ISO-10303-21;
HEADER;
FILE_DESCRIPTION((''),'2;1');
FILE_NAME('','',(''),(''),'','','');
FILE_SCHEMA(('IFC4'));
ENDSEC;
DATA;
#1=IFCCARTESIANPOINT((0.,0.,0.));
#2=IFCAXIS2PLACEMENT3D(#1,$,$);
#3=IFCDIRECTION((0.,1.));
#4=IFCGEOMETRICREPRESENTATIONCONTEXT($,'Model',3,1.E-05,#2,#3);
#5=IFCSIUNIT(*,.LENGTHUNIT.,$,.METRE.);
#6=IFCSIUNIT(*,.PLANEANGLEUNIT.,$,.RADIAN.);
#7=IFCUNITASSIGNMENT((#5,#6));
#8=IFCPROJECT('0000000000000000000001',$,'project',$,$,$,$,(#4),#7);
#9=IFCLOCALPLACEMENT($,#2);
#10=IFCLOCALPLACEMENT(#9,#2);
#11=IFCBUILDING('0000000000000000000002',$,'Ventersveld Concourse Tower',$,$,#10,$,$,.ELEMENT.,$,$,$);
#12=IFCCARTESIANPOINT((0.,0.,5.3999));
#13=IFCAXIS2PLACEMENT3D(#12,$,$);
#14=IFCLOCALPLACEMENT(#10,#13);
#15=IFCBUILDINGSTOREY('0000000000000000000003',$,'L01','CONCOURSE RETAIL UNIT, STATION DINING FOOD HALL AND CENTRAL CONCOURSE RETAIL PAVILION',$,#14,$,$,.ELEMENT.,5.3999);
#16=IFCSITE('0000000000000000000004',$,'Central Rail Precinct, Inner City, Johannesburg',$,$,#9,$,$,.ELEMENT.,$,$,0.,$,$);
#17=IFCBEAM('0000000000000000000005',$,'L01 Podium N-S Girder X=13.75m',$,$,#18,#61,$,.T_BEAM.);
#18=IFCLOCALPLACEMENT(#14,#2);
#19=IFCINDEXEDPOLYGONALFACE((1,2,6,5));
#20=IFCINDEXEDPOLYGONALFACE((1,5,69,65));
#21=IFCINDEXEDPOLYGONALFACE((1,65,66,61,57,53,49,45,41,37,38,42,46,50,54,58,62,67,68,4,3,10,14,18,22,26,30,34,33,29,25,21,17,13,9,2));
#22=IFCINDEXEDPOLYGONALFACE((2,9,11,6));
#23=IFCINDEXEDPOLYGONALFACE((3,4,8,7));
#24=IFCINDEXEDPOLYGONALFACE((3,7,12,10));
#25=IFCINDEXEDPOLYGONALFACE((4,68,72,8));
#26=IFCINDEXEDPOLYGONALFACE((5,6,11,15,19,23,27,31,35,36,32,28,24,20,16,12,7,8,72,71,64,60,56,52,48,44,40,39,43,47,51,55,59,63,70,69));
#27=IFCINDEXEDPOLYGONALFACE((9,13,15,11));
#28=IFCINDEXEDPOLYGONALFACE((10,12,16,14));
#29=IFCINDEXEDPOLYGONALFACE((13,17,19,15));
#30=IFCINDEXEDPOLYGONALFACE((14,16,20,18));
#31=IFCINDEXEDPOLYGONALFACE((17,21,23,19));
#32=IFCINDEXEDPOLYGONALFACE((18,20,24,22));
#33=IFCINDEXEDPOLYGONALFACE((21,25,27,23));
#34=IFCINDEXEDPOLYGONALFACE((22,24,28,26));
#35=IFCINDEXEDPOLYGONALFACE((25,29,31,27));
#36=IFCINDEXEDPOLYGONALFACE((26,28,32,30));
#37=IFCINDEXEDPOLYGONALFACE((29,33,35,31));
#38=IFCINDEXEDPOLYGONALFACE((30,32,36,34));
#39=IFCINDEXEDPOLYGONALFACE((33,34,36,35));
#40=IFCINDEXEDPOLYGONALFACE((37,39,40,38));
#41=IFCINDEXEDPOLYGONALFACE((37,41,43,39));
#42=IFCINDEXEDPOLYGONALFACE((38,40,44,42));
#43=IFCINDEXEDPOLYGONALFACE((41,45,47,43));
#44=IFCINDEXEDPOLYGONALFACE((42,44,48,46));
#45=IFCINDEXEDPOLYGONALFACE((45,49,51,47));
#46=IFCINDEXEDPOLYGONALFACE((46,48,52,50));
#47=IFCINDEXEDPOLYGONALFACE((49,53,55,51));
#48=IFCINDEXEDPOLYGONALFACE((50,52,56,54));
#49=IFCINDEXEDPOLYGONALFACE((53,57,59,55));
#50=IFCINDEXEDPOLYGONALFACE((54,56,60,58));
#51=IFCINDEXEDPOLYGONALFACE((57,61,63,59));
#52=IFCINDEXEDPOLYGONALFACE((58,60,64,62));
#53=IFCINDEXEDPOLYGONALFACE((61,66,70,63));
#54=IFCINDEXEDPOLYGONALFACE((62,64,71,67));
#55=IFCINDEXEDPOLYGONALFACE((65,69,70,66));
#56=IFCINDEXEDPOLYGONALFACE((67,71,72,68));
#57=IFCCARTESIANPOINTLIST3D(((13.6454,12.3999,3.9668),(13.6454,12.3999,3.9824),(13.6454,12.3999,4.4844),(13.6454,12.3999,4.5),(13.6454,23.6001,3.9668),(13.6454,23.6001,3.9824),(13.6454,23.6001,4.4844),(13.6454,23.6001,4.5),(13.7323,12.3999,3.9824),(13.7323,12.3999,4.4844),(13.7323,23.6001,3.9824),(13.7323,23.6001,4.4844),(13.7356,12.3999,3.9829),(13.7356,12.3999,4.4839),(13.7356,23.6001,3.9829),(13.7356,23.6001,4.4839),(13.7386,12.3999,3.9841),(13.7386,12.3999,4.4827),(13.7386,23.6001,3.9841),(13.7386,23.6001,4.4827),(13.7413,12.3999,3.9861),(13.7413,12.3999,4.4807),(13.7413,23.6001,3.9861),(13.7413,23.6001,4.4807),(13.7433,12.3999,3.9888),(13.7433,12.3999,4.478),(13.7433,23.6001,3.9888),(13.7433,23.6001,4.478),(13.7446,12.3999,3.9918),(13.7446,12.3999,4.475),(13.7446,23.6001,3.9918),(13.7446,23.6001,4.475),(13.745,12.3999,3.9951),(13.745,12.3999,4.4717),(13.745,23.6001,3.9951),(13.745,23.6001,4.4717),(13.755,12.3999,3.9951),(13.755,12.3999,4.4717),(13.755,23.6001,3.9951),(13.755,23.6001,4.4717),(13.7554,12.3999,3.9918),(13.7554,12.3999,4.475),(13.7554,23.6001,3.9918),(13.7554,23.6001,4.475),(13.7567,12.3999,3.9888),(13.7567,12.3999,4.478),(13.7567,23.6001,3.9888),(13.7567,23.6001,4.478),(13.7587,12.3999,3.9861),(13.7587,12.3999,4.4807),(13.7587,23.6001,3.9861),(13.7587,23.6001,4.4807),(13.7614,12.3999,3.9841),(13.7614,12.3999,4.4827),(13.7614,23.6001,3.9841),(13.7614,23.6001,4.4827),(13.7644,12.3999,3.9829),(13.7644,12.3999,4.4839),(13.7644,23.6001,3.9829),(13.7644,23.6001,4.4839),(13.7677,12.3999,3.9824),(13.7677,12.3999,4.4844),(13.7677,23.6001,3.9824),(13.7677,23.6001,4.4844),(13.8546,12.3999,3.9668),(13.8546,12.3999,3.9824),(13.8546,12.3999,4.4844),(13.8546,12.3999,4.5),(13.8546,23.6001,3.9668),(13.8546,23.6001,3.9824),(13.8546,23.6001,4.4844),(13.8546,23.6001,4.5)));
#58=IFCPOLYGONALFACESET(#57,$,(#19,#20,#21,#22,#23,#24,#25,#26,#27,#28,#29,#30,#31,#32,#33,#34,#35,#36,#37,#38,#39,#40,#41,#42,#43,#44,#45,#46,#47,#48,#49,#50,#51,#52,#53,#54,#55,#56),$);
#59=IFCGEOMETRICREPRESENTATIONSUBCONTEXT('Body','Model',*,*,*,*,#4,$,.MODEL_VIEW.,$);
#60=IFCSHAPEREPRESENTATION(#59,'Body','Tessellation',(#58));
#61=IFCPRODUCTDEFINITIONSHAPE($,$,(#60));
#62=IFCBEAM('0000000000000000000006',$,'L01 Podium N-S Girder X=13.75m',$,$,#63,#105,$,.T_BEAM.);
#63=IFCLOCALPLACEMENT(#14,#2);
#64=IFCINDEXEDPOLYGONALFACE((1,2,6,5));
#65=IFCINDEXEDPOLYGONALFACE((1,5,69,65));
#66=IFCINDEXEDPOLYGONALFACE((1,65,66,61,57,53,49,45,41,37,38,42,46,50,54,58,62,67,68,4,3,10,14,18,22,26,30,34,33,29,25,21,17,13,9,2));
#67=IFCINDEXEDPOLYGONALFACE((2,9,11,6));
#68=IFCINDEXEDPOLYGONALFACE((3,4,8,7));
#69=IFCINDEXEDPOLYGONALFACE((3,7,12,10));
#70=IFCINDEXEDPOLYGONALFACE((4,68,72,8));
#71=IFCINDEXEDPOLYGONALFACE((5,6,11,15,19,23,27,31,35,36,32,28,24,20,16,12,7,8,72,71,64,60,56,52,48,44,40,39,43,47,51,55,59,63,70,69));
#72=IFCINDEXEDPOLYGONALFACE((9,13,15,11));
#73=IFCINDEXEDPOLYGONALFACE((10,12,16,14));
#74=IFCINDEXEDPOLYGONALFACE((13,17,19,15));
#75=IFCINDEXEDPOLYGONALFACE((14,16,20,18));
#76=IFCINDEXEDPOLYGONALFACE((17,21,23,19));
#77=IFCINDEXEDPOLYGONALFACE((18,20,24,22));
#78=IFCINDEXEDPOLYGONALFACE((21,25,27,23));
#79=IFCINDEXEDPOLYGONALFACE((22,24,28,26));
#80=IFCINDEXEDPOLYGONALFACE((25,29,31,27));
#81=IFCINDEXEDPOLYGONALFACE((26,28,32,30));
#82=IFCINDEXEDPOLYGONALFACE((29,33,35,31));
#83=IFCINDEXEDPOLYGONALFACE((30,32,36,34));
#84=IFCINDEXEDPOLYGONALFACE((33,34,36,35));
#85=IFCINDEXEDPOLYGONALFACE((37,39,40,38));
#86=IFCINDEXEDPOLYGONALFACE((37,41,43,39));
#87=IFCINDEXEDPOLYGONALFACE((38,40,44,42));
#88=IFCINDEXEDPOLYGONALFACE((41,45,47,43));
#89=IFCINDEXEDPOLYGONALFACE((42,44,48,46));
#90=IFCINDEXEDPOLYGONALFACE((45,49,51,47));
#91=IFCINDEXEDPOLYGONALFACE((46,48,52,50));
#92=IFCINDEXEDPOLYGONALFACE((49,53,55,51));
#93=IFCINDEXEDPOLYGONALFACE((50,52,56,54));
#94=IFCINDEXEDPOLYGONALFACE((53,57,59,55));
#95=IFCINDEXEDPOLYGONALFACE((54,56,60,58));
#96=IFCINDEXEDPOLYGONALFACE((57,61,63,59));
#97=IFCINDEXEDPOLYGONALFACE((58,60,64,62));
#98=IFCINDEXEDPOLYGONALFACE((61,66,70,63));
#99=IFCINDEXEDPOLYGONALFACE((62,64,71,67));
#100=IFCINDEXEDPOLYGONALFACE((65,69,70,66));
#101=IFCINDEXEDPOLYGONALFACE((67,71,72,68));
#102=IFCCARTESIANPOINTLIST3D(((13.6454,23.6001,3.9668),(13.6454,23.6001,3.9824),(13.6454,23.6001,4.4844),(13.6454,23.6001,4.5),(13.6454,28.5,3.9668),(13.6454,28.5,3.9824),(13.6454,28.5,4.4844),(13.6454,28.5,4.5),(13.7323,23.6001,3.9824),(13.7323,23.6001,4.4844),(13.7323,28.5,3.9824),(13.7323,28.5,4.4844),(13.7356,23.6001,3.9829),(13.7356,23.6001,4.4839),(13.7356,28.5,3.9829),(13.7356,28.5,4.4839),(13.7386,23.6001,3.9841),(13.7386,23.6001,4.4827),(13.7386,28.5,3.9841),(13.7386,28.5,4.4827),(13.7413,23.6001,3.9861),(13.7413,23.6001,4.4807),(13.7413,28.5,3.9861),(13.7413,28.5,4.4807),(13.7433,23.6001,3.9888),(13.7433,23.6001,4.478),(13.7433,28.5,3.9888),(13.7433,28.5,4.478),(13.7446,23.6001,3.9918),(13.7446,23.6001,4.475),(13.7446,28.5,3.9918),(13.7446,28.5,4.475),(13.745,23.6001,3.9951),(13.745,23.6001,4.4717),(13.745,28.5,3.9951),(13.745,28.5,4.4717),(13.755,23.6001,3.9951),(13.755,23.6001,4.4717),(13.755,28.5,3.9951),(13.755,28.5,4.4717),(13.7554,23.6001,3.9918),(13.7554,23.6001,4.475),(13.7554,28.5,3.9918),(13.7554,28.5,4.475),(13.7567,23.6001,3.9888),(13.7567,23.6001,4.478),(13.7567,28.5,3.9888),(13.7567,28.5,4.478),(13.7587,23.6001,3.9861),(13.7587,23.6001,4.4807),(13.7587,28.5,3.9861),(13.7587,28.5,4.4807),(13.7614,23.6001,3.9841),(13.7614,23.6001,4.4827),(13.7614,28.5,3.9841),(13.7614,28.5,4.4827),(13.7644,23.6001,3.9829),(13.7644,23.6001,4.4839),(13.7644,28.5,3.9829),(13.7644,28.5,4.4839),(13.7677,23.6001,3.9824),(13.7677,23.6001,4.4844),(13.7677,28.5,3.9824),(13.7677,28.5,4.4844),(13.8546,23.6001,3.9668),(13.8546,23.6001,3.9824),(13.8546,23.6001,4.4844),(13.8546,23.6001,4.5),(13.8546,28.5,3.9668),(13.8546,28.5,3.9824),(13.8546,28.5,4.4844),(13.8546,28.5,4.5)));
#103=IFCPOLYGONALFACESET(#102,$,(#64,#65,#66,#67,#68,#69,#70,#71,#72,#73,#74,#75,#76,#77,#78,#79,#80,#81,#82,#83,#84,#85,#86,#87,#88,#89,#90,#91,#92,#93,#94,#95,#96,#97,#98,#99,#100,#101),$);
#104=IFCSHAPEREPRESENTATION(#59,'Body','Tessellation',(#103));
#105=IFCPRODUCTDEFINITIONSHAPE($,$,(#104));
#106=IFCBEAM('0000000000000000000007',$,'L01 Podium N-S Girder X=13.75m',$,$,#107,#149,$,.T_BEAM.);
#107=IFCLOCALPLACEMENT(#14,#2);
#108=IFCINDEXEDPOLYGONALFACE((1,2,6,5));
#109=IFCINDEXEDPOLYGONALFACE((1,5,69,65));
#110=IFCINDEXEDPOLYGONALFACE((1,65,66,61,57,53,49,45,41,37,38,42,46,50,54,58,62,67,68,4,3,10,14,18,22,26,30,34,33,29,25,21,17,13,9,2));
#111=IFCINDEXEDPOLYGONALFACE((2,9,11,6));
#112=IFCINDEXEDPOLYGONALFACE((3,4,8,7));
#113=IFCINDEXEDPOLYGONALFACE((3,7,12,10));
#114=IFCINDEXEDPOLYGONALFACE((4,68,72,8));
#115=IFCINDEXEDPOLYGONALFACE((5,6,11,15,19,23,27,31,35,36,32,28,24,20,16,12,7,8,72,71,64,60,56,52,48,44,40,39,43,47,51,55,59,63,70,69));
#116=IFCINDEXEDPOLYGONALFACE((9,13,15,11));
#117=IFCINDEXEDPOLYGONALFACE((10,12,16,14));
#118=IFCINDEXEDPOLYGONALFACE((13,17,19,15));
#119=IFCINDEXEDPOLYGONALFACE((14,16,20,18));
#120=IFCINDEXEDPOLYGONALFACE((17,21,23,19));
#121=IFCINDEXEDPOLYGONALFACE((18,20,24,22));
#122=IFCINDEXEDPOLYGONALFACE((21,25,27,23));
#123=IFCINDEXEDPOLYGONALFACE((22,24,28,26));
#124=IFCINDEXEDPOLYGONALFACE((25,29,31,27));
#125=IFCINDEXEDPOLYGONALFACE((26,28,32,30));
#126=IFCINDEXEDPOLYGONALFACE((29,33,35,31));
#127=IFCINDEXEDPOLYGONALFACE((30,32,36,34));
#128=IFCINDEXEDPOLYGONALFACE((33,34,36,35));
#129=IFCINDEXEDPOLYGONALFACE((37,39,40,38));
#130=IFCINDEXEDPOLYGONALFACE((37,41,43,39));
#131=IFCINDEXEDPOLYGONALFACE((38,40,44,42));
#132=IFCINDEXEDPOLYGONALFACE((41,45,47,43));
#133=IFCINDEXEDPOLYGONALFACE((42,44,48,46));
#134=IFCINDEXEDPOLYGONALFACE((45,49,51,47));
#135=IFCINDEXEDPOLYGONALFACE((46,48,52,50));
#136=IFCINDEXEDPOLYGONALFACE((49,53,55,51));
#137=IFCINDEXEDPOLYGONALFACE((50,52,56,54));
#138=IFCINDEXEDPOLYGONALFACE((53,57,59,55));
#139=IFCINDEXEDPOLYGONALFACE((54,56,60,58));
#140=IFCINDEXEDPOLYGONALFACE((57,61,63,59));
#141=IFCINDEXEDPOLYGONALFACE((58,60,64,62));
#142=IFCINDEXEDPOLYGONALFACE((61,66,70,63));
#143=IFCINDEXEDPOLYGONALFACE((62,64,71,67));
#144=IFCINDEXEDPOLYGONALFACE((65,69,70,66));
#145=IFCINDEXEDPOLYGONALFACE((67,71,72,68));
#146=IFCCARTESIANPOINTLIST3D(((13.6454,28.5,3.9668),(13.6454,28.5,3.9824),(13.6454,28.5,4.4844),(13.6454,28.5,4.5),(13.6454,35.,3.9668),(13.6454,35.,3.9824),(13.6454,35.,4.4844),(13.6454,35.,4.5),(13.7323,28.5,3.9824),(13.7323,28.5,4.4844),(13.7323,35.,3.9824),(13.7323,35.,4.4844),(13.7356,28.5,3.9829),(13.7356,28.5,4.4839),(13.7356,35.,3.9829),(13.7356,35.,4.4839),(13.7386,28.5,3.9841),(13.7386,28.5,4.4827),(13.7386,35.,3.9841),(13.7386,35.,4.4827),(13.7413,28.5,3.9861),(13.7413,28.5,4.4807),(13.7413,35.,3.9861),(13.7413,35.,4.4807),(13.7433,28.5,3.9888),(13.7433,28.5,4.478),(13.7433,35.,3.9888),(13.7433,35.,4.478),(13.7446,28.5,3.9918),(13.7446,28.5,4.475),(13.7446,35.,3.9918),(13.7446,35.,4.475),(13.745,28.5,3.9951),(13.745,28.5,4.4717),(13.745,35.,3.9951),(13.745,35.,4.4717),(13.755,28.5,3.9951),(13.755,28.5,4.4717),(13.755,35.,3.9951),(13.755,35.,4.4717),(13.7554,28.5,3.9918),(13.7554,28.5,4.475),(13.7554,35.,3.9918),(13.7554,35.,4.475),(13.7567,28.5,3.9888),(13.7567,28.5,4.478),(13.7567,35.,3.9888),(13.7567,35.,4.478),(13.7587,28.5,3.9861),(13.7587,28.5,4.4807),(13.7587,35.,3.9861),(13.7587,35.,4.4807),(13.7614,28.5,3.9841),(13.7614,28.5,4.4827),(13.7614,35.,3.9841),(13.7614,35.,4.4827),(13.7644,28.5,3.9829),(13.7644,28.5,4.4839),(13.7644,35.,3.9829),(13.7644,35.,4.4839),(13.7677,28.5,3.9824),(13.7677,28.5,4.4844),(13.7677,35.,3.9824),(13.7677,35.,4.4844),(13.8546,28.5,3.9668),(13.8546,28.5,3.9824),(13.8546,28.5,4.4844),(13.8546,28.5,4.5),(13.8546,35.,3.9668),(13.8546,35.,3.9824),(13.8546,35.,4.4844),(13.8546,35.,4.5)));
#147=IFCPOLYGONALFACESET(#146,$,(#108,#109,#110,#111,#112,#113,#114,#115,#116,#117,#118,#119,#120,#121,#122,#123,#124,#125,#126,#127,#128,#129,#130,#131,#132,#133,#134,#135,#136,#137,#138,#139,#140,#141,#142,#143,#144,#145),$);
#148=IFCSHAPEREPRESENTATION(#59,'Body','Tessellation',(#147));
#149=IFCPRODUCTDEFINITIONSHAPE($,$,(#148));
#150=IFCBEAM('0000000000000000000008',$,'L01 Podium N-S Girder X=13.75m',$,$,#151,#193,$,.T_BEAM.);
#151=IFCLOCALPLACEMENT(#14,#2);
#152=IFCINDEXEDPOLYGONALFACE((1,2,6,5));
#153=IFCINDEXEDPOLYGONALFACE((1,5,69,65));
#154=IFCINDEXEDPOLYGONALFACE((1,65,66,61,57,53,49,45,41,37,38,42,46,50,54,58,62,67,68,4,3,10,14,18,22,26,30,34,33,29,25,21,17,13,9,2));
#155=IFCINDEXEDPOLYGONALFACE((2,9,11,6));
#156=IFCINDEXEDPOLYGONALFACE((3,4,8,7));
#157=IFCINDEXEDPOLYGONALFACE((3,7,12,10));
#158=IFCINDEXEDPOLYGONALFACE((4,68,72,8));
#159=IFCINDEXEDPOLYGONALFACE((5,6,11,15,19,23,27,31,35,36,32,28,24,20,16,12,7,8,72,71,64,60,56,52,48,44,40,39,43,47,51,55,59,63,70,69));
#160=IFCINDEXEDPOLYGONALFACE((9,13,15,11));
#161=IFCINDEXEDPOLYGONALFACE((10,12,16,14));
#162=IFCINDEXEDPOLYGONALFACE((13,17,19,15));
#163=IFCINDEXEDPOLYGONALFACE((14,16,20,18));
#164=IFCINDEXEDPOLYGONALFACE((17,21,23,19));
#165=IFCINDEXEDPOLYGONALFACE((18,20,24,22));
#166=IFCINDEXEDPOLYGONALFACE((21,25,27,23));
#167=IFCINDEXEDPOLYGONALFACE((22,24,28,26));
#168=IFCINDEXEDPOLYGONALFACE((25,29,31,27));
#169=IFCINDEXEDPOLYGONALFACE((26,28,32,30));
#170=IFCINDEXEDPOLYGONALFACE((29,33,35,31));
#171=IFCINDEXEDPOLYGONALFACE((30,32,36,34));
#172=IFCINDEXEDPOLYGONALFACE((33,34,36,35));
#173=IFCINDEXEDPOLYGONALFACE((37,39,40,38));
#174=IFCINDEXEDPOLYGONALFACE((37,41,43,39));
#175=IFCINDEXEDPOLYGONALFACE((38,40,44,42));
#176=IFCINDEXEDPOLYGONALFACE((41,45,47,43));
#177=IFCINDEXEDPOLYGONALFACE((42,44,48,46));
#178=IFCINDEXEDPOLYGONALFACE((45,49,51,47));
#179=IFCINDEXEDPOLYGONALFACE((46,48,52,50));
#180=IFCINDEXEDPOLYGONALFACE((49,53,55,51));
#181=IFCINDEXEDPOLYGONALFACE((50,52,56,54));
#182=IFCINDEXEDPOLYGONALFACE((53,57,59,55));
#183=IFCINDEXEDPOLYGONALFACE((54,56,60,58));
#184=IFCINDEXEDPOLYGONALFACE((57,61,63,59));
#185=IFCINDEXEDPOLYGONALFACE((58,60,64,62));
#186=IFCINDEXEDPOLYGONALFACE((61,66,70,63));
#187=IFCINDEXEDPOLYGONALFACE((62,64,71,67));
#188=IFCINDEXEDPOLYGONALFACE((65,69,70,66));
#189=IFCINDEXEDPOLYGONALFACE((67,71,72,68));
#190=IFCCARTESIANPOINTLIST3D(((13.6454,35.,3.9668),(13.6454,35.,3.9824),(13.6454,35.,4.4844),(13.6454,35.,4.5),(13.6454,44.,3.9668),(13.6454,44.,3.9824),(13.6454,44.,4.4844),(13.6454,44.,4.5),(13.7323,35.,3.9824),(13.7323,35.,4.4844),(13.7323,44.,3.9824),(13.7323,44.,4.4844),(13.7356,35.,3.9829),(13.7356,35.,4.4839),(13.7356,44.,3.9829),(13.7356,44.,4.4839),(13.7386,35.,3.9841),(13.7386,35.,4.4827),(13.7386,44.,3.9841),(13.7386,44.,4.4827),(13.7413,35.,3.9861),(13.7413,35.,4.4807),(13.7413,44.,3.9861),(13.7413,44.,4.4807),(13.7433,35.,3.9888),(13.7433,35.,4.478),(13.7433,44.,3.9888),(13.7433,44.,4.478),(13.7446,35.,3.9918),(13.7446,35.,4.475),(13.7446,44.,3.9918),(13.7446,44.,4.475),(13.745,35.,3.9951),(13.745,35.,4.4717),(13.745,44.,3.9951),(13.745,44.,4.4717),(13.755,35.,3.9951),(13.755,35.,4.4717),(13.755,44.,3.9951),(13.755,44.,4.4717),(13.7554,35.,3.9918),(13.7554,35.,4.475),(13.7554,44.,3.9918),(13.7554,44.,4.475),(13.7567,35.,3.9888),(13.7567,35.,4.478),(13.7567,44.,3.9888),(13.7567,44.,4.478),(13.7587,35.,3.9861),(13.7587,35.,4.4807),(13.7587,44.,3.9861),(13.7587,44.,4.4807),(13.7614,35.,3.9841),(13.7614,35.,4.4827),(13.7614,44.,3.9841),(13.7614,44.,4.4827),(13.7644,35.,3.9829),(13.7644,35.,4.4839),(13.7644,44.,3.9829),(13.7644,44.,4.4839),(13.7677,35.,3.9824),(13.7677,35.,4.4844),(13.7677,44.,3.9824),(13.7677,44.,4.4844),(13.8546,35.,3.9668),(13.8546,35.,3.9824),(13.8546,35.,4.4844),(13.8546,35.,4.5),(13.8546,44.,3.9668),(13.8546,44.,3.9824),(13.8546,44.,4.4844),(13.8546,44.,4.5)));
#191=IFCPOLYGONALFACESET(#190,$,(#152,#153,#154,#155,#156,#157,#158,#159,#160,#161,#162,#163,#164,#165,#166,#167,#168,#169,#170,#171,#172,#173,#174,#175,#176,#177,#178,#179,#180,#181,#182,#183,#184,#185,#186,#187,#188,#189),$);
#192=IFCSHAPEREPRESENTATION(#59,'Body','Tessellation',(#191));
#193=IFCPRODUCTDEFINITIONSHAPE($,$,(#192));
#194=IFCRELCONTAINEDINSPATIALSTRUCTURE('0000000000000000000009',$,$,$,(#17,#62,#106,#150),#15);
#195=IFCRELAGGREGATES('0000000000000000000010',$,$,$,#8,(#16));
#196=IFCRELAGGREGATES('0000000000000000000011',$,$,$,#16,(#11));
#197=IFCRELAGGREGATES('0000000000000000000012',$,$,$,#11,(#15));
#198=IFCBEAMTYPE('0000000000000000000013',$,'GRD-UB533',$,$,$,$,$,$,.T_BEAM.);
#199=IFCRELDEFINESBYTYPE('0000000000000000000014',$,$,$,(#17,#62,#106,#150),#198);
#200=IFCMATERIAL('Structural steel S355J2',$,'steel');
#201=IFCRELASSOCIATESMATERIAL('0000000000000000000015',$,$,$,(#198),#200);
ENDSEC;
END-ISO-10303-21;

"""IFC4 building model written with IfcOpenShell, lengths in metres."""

from ifc_helpers import new_model, si_unit, direction, frame, origin, origin_2d, place, context, subcontext, project, spatial, i_section, extrude, material, material_profile, profile_set, type_object, element, save


model = new_model("IFC4")

# Units and contexts
model_context = context("Model", 3, precision=1e-05, world=origin(), true_north=direction((0.0, 1.0)))
body_context = subcontext(model_context, "Body", "Model", "MODEL_VIEW")
ifc_project = project(units=[si_unit("LENGTHUNIT", "METRE"), si_unit("PLANEANGLEUNIT", "RADIAN")], contexts=[model_context])

# Site, building, storey
site_placement = place(None, origin())
site = spatial("IfcSite", under=ifc_project, at=site_placement, Name="Central Rail Precinct, Inner City, Johannesburg", CompositionType="ELEMENT", RefElevation=0.0)
building_placement = place(site_placement, origin())
building = spatial("IfcBuilding", under=site, at=building_placement, Name="Ventersveld Concourse Tower", CompositionType="ELEMENT")
storey_placement = place(building_placement, frame((0.0, 0.0, 5.3999)))
storey = spatial("IfcBuildingStorey", under=building, at=storey_placement, Name="L01", Description="CONCOURSE RETAIL UNIT, STATION DINING FOOD HALL AND CENTRAL CONCOURSE RETAIL PAVILION", CompositionType="ELEMENT", Elevation=5.3999)

# Beams
ifc_material_1 = material(Name="Structural steel S355J2", Category="steel")
ifc_material_profile_1 = material_profile(ifc_material_1, i_section(OverallWidth=0.2092, OverallDepth=0.5332, WebThickness=0.01, FlangeThickness=0.0156, FilletRadius=0.0127, at=origin_2d()), Name="UB 533x210x92")
ifc_profile_set_1 = profile_set([ifc_material_profile_1], Name="Structural steel S355J2")
beam_type_1 = type_object("IfcBeamType", Name="GRD-UB533", PredefinedType="T_BEAM", material=ifc_profile_set_1)
beam_1_placement = place(storey_placement, frame((13.75, 12.3999, 4.2334), z_axis=(0.0, 1.0, 0.0), x_axis=(-1.0, 0.0, 0.0)))
element("IfcBeam", 1, at=beam_1_placement, inside=storey, type_object=beam_type_1, Name="L01 Podium N-S Girder X=13.75m", PredefinedType="T_BEAM", context=body_context, shape_type="SweptSolid", body=[
    extrude(i_section(OverallWidth=0.2092, OverallDepth=0.5332, WebThickness=0.01, FlangeThickness=0.0156, FilletRadius=0.0127, at=origin_2d()), origin(), (0.0, 0.0, 1.0), 11.2002),
])
beam_2_placement = place(storey_placement, frame((13.75, 23.6001, 4.2334), z_axis=(0.0, 1.0, 0.0), x_axis=(-1.0, 0.0, 0.0)))
element("IfcBeam", 2, at=beam_2_placement, inside=storey, type_object=beam_type_1, Name="L01 Podium N-S Girder X=13.75m", PredefinedType="T_BEAM", context=body_context, shape_type="SweptSolid", body=[
    extrude(i_section(OverallWidth=0.2092, OverallDepth=0.5332, WebThickness=0.01, FlangeThickness=0.0156, FilletRadius=0.0127, at=origin_2d()), origin(), (0.0, 0.0, 1.0), 4.8999),
])
beam_3_placement = place(storey_placement, frame((13.75, 28.5, 4.2334), z_axis=(0.0, 1.0, 0.0), x_axis=(-1.0, 0.0, 0.0)))
element("IfcBeam", 3, at=beam_3_placement, inside=storey, type_object=beam_type_1, Name="L01 Podium N-S Girder X=13.75m", PredefinedType="T_BEAM", context=body_context, shape_type="SweptSolid", body=[
    extrude(i_section(OverallWidth=0.2092, OverallDepth=0.5332, WebThickness=0.01, FlangeThickness=0.0156, FilletRadius=0.0127, at=origin_2d()), origin(), (0.0, 0.0, 1.0), 6.5),
])
beam_4_placement = place(storey_placement, frame((13.75, 35.0, 4.2334), z_axis=(0.0, 1.0, 0.0), x_axis=(-1.0, 0.0, 0.0)))
element("IfcBeam", 4, at=beam_4_placement, inside=storey, type_object=beam_type_1, Name="L01 Podium N-S Girder X=13.75m", PredefinedType="T_BEAM", context=body_context, shape_type="SweptSolid", body=[
    extrude(i_section(OverallWidth=0.2092, OverallDepth=0.5332, WebThickness=0.01, FlangeThickness=0.0156, FilletRadius=0.0127, at=origin_2d()), origin(), (0.0, 0.0, 1.0), 9.0),
])

save(model, "model.ifc")
